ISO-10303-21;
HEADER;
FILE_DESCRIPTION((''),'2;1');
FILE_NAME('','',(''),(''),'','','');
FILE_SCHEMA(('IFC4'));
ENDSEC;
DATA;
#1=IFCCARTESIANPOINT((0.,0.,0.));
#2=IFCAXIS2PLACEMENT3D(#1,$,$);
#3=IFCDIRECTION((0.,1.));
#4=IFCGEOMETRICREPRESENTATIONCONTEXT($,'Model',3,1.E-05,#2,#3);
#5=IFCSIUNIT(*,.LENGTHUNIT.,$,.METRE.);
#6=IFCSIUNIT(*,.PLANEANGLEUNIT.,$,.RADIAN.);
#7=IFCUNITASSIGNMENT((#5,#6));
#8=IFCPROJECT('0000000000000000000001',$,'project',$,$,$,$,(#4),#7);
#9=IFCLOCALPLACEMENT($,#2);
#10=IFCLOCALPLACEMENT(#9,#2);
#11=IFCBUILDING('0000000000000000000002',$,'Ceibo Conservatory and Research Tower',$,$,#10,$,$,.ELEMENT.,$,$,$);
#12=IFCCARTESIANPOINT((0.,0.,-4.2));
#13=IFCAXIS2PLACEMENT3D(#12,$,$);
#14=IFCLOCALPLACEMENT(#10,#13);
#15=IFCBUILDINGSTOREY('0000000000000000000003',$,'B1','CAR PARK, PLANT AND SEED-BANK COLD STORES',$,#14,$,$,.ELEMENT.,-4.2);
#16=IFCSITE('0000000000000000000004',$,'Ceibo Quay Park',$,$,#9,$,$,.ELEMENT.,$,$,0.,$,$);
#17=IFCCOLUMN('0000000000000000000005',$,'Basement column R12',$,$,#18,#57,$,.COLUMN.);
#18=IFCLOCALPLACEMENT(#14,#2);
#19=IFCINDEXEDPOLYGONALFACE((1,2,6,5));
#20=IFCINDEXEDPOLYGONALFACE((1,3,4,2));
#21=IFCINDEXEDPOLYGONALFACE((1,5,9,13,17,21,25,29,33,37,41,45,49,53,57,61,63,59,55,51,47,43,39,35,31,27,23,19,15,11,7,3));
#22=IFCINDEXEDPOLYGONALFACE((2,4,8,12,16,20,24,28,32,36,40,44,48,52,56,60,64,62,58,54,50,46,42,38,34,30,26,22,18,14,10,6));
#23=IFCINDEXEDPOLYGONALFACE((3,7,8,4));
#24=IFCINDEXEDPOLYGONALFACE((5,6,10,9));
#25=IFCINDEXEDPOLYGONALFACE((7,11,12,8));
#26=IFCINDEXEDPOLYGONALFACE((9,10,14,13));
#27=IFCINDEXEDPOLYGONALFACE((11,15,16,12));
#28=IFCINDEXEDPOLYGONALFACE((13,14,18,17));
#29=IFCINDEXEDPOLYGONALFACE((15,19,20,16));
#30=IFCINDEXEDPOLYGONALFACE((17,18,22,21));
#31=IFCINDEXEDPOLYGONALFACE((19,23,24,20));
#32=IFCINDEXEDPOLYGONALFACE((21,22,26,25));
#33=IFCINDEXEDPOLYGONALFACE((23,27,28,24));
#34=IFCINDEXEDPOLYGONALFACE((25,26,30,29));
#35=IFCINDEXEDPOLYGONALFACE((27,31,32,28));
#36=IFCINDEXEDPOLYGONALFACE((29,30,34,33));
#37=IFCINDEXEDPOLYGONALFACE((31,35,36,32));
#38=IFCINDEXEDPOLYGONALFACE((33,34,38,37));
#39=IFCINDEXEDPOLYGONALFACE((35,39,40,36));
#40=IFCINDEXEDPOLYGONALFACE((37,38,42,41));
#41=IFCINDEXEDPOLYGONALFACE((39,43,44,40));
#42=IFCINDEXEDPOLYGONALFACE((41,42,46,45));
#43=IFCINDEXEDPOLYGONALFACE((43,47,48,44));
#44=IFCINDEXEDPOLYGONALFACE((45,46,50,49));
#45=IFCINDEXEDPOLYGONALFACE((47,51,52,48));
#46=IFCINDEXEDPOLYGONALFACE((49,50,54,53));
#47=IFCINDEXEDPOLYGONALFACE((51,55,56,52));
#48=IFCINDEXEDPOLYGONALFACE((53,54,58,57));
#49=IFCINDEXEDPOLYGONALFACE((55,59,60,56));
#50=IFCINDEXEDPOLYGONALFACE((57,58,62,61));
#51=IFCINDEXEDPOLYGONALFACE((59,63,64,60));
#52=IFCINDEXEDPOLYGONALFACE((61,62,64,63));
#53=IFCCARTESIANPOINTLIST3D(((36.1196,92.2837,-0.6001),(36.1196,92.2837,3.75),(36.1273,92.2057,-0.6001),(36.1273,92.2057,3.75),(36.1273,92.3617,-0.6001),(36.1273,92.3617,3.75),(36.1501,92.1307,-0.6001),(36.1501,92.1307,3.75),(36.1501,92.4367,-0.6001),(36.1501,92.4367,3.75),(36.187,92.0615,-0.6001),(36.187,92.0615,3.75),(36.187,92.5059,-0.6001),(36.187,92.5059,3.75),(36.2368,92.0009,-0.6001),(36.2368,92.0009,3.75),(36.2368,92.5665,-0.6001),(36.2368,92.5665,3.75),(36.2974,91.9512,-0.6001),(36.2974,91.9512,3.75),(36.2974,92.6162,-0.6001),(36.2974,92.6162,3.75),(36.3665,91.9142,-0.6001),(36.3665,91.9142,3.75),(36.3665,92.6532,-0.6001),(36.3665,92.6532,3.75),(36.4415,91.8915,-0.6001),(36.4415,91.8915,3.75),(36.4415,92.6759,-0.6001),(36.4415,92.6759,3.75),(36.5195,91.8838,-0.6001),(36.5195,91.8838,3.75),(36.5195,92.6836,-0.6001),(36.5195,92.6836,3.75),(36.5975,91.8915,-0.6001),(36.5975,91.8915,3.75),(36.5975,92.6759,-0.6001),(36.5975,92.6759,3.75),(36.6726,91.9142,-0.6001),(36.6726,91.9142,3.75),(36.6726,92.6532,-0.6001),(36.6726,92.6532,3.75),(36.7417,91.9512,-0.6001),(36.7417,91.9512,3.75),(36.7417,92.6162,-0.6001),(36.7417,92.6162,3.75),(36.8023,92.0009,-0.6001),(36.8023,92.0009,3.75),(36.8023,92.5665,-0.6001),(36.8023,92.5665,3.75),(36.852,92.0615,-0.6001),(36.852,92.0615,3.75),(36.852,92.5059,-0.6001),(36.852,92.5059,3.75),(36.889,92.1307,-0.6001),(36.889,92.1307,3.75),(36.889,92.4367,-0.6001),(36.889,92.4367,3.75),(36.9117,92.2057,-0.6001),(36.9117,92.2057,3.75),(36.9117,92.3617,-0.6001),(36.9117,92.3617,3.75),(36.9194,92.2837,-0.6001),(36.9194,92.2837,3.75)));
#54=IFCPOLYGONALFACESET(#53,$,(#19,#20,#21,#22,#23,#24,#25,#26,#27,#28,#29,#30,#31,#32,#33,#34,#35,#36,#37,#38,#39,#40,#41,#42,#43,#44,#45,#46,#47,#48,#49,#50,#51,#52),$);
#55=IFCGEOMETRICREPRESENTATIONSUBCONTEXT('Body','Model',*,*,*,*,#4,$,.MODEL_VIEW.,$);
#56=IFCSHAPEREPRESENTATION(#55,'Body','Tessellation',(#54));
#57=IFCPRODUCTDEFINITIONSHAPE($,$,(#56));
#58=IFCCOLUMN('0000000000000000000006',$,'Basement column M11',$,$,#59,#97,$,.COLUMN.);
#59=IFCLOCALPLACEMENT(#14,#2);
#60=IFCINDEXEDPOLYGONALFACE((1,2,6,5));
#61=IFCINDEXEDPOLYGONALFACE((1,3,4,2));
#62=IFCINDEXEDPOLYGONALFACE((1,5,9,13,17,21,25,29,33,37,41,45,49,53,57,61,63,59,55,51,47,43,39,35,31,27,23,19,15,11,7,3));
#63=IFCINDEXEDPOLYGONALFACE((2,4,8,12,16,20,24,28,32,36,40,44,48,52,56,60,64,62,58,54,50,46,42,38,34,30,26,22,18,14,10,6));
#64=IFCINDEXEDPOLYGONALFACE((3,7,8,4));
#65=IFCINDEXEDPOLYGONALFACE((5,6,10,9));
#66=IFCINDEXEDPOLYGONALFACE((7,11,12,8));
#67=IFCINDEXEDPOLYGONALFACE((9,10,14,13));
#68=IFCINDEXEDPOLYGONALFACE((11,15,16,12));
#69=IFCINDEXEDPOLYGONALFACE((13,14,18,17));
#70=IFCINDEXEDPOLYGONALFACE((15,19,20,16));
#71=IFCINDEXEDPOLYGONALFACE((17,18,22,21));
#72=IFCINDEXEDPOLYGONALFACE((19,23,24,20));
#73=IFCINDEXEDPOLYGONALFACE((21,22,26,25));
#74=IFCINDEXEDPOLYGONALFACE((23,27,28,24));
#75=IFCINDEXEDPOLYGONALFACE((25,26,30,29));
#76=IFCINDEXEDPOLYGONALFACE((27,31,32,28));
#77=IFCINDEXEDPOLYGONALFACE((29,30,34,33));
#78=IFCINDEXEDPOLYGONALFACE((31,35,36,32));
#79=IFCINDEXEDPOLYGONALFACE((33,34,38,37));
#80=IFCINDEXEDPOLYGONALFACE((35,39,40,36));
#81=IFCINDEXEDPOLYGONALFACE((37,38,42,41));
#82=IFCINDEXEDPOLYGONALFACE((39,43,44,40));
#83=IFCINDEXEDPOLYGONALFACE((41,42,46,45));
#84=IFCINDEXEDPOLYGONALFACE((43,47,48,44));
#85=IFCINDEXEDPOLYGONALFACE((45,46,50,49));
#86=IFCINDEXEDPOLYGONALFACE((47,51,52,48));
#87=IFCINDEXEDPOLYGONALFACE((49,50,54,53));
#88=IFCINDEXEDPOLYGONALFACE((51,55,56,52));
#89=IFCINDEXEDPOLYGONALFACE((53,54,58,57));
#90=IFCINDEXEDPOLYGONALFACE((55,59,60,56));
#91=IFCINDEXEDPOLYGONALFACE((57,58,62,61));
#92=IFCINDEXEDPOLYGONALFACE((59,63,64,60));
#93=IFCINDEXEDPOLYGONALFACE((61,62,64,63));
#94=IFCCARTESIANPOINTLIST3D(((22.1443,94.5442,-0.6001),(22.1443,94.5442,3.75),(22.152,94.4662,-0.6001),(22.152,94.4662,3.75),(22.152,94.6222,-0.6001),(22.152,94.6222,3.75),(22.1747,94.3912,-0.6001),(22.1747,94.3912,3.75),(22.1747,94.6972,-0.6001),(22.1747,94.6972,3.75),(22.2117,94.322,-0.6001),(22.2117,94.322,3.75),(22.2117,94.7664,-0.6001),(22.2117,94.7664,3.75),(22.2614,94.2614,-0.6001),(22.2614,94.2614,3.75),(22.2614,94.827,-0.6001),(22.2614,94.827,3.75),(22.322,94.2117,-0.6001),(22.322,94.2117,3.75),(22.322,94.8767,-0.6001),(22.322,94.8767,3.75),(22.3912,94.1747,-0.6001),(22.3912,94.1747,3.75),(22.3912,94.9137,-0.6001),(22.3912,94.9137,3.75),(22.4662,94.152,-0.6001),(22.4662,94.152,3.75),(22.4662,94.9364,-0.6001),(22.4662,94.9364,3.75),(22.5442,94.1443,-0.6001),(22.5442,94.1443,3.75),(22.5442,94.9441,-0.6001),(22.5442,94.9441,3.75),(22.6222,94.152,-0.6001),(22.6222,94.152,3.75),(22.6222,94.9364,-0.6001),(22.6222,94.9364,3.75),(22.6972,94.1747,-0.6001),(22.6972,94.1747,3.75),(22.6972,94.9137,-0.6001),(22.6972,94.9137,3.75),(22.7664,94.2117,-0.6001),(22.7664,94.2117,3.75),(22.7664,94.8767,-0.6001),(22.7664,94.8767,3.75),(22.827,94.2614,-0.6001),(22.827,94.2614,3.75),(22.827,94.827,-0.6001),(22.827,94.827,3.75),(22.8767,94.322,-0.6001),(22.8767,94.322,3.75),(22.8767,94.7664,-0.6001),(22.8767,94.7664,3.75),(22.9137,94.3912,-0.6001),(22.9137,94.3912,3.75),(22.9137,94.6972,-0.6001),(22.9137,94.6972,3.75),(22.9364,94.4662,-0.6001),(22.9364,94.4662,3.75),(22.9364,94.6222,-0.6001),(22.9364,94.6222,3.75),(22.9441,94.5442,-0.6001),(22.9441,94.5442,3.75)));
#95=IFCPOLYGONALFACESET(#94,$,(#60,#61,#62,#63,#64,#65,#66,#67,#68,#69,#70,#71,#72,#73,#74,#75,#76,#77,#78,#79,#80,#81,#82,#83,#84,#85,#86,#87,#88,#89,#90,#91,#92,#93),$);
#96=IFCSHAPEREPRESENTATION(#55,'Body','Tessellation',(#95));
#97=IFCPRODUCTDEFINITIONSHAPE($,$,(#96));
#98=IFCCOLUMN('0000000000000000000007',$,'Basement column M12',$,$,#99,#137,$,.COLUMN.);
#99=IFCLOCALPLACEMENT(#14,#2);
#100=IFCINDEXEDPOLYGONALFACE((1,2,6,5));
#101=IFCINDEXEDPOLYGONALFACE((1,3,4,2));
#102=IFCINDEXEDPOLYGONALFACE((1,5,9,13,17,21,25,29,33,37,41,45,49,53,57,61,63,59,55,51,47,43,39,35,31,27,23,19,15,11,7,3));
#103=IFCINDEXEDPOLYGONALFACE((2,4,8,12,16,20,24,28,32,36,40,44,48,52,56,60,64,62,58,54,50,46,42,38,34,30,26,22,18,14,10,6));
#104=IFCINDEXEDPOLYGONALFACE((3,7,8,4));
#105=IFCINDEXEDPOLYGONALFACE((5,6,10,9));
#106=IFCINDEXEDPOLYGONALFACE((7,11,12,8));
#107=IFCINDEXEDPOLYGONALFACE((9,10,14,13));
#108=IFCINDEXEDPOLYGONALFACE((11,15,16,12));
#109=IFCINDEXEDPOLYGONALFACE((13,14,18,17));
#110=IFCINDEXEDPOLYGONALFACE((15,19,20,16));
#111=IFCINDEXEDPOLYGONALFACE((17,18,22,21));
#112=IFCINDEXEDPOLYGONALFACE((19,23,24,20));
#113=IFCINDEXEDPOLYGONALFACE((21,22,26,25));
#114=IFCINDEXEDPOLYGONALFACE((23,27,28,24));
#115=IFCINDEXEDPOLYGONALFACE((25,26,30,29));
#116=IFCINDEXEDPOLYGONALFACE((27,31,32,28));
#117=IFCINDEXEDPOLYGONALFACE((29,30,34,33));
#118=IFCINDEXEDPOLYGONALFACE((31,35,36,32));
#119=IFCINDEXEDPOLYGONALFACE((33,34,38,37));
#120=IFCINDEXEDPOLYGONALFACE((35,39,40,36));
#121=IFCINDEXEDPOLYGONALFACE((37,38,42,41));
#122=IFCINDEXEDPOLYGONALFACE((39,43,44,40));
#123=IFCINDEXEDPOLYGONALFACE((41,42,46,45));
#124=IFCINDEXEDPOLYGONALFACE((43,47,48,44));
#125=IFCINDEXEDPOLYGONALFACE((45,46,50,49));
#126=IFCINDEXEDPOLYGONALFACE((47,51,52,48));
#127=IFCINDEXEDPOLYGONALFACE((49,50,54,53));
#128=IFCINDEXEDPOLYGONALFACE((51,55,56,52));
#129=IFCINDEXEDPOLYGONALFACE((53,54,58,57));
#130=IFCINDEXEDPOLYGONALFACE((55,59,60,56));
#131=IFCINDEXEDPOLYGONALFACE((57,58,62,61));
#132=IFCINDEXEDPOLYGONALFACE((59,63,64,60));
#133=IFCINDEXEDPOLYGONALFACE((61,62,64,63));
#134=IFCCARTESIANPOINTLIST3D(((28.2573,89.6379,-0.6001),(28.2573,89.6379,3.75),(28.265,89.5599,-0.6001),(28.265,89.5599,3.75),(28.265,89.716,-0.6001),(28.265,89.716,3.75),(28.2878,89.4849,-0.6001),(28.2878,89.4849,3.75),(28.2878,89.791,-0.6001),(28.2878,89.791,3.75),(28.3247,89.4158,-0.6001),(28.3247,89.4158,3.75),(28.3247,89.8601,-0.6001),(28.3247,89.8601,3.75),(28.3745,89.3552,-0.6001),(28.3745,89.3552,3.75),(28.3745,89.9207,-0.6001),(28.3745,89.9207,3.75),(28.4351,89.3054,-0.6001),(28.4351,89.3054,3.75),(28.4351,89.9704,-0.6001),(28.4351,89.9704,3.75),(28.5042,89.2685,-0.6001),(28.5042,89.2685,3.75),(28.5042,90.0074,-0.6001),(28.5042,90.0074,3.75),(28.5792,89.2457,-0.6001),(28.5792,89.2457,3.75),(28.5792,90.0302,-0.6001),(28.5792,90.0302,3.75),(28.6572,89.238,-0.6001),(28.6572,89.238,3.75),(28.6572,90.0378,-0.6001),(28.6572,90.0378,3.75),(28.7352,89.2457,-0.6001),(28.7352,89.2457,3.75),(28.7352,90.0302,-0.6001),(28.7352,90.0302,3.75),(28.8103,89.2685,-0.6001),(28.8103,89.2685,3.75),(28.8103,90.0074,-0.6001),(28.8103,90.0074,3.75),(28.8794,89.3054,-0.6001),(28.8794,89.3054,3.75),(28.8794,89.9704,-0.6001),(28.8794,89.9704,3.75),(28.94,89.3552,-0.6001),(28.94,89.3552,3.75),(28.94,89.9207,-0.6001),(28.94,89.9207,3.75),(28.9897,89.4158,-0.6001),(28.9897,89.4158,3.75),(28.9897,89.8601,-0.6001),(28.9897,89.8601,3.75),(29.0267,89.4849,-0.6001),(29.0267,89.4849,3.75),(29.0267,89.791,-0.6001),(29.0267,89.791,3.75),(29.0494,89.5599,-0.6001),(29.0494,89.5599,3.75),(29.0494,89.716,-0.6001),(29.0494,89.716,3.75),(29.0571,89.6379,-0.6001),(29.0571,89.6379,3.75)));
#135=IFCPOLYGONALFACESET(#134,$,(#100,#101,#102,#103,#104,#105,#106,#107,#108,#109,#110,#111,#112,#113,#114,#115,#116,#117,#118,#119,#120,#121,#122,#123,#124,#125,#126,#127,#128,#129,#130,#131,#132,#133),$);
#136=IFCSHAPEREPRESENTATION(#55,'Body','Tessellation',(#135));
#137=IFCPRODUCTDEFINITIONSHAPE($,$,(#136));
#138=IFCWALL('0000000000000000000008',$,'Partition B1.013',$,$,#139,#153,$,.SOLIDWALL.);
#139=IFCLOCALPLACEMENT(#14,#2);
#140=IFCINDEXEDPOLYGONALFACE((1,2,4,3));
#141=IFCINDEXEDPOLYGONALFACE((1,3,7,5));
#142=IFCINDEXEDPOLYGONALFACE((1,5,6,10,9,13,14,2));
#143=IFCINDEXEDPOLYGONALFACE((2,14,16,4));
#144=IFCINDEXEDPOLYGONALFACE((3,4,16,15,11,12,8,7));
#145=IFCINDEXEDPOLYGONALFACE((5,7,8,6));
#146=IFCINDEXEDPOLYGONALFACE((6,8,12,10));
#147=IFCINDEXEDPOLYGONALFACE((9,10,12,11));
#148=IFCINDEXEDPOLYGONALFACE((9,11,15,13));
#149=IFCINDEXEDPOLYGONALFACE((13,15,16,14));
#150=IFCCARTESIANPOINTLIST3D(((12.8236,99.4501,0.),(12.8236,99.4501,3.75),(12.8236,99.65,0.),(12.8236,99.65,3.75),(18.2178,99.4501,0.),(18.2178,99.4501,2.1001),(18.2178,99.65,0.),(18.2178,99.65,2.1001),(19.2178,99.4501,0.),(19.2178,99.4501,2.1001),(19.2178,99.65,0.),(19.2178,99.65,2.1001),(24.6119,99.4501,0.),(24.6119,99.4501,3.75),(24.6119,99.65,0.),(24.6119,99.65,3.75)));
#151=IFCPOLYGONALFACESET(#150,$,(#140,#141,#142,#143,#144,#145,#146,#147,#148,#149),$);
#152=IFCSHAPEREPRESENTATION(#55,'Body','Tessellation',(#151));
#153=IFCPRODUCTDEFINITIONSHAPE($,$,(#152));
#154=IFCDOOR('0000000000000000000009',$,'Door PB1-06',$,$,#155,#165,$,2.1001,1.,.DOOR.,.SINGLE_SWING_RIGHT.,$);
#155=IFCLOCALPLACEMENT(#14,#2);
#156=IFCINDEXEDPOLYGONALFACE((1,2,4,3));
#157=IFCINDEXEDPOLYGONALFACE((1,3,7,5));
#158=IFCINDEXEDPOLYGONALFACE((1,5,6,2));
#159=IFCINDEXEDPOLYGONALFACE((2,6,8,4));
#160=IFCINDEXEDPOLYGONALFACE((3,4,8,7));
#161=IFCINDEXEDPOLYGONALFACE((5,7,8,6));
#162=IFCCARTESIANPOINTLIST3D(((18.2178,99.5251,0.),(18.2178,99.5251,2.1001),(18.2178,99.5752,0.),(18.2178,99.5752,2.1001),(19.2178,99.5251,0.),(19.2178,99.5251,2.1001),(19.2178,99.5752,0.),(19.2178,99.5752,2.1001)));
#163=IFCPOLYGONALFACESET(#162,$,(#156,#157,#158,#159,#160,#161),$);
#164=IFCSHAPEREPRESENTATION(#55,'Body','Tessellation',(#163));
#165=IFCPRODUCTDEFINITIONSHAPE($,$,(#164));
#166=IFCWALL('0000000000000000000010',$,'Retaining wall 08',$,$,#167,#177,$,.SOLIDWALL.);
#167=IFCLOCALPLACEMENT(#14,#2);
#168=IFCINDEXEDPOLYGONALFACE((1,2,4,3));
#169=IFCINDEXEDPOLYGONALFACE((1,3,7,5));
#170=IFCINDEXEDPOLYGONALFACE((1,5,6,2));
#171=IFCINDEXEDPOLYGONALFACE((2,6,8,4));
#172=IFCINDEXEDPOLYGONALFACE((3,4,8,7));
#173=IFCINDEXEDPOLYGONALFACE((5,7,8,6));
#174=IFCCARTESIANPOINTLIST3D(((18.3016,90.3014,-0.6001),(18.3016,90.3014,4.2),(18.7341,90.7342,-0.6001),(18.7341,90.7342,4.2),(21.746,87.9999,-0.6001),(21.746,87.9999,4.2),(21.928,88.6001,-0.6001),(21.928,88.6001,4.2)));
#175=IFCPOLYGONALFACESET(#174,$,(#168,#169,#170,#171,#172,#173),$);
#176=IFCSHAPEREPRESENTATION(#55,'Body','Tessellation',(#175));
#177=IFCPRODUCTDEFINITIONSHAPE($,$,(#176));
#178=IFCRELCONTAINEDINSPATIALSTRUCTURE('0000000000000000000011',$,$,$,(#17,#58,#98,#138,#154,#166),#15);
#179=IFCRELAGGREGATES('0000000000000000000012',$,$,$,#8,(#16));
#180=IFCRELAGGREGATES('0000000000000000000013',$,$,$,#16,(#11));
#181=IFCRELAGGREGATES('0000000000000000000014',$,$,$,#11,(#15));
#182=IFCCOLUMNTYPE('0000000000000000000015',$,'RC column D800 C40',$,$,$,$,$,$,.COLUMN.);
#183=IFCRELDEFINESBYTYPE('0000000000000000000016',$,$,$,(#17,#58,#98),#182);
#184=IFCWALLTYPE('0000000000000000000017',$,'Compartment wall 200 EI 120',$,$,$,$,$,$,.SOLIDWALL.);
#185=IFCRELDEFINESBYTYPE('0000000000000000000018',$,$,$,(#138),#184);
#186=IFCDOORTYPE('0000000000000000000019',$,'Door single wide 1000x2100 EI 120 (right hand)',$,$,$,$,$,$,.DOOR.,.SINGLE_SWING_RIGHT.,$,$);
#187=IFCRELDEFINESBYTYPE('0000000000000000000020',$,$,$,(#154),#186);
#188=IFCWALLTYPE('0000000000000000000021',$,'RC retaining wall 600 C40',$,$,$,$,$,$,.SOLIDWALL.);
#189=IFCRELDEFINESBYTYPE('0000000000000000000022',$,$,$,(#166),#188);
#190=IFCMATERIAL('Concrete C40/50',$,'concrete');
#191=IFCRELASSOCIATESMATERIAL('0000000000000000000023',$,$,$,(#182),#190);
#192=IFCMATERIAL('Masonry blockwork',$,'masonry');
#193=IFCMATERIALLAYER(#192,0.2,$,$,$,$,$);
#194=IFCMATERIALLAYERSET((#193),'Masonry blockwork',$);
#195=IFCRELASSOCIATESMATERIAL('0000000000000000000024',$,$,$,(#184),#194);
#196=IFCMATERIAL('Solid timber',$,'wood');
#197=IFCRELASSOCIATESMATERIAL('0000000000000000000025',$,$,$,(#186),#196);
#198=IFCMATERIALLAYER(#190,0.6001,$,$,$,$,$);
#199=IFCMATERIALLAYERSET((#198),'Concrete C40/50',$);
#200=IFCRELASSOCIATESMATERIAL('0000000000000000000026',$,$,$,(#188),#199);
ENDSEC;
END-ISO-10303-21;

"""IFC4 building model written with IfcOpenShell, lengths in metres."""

from ifc_helpers import new_model, si_unit, direction, frame, frame_2d, origin, origin_2d, place, context, subcontext, project, spatial, polyline, rectangle, circle, outline, extrude, material, layer, layer_set, material_profile, profile_set, type_object, element, fill, save


model = new_model("IFC4")

# Units and contexts
model_context = context("Model", 3, precision=1e-05, world=origin(), true_north=direction((0.0, 1.0)))
body_context = subcontext(model_context, "Body", "Model", "MODEL_VIEW")
ifc_project = project(units=[si_unit("LENGTHUNIT", "METRE"), si_unit("PLANEANGLEUNIT", "RADIAN")], contexts=[model_context])

# Site, building, storey
site_placement = place(None, origin())
site = spatial("IfcSite", under=ifc_project, at=site_placement, Name="Ceibo Quay Park", CompositionType="ELEMENT", RefElevation=0.0)
building_placement = place(site_placement, origin())
building = spatial("IfcBuilding", under=site, at=building_placement, Name="Ceibo Conservatory and Research Tower", CompositionType="ELEMENT")
storey_placement = place(building_placement, frame((0.0, 0.0, -4.2)))
storey = spatial("IfcBuildingStorey", under=building, at=storey_placement, Name="B1", Description="CAR PARK, PLANT AND SEED-BANK COLD STORES", CompositionType="ELEMENT", Elevation=-4.2)

# Shared definitions
ifc_material_1 = material(Name="Concrete C40/50", Category="concrete")

# Columns
ifc_material_profile_1 = material_profile(ifc_material_1, circle(Radius=0.3999, at=origin_2d()), Name="RC D800")
ifc_profile_set_1 = profile_set([ifc_material_profile_1], Name="Concrete C40/50")
column_type_1 = type_object("IfcColumnType", Name="RC column D800 C40", PredefinedType="COLUMN", material=ifc_profile_set_1)
for number, where, z_axis, x_axis, name in (
    (1, (36.5195, 92.2837, -0.6001), (0.0, 0.0, 1.0), (1.0, 0.0, 0.0), "Basement column R12"),
    (2, (22.5442, 94.5442, -0.6001), (0.0, 0.0, 1.0), (1.0, 0.0, 0.0), "Basement column M11"),
    (3, (28.6572, 89.6379, -0.6001), (0.0, 0.0, 1.0), (1.0, 0.0, 0.0), "Basement column M12"),
):
    element("IfcColumn", number, at=place(storey_placement, frame(where, z_axis=z_axis, x_axis=x_axis)), inside=storey, type_object=column_type_1, Name=name, PredefinedType="COLUMN", context=body_context, shape_type="SweptSolid", body=[
        extrude(circle(Radius=0.3999, at=origin_2d()), origin(), (0.0, 0.0, 1.0), 4.3501),
    ])

# Wall, opening, door
ifc_material_2 = material(Name="Masonry blockwork", Category="masonry")
ifc_layer_1 = layer(ifc_material_2, 0.2)
ifc_layer_set_1 = layer_set([ifc_layer_1], Name="Masonry blockwork")
wall_type_1 = type_object("IfcWallType", Name="Compartment wall 200 EI 120", PredefinedType="SOLIDWALL", material=ifc_layer_set_1)
wall_1_placement = place(storey_placement, frame((24.6118, 99.55, 0.0), z_axis=(0.0, 0.0, 1.0), x_axis=(-1.0, 0.0, 0.0)))
wall_1 = element("IfcWall", 4, at=wall_1_placement, inside=storey, type_object=wall_type_1, Name="Partition B1.013", PredefinedType="SOLIDWALL", context=body_context, shape_type="SweptSolid", body=[
    extrude(rectangle(XDim=11.7883, YDim=0.2, at=frame_2d((5.894, 0.0))), origin(), (0.0, 0.0, 1.0), 3.75),
])
opening_placement = place(wall_1_placement, frame((5.394, 0.0, 0.0)))
opening = element("IfcOpeningElement", 5, at=opening_placement, cuts=wall_1, PredefinedType="OPENING", context=body_context, shape_type="SweptSolid", body=[
    extrude(rectangle(XDim=1.0, YDim=2.1001, at=frame_2d((0.5, 1.05))), frame((0.0, 0.1099, 0.0), z_axis=(0.0, -1.0, 0.0), x_axis=(1.0, 0.0, 0.0)), (0.0, 0.0, 1.0), 0.22),
])
ifc_material_3 = material(Name="Solid timber", Category="wood")
door_type = type_object("IfcDoorType", Name="Door single wide 1000x2100 EI 120 (right hand)", OperationType="SINGLE_SWING_RIGHT", PredefinedType="DOOR", material=ifc_material_3)
door_placement = place(opening_placement, origin())
door = element("IfcDoor", 6, at=door_placement, inside=storey, type_object=door_type, Name="Door PB1-06", OperationType="SINGLE_SWING_RIGHT", OverallHeight=2.1001, OverallWidth=1.0, PredefinedType="DOOR", context=body_context, shape_type="SweptSolid", body=[
    extrude(rectangle(XDim=1.0, YDim=2.1001, at=frame_2d((0.5, 1.05))), frame((0.0, 0.0249, 0.0), z_axis=(0.0, -1.0, 0.0), x_axis=(1.0, 0.0, 0.0)), (0.0, 0.0, 1.0), 0.05),
])
fill(opening, door)

# Wall
ifc_layer_2 = layer(ifc_material_1, 0.6001)
ifc_layer_set_2 = layer_set([ifc_layer_2], Name="Concrete C40/50")
wall_type_2 = type_object("IfcWallType", Name="RC retaining wall 600 C40", PredefinedType="SOLIDWALL", material=ifc_layer_set_2)
wall_2_placement = place(storey_placement, frame((18.5178, 90.5178, -0.6001), z_axis=(0.0, 0.0, 1.0), x_axis=(0.831466, -0.555575, 0.0)))
element("IfcWall", 7, at=wall_2_placement, inside=storey, type_object=wall_type_2, Name="Retaining wall 08", PredefinedType="SOLIDWALL", context=body_context, shape_type="SweptSolid", body=[
    extrude(outline(polyline([(-0.0596, -0.3), (4.083, -0.3), (3.9009, 0.3), (0.0596, 0.3), (-0.0596, -0.3)])), origin(), (0.0, 0.0, 1.0), 4.8),
])

save(model, "model.ifc")
